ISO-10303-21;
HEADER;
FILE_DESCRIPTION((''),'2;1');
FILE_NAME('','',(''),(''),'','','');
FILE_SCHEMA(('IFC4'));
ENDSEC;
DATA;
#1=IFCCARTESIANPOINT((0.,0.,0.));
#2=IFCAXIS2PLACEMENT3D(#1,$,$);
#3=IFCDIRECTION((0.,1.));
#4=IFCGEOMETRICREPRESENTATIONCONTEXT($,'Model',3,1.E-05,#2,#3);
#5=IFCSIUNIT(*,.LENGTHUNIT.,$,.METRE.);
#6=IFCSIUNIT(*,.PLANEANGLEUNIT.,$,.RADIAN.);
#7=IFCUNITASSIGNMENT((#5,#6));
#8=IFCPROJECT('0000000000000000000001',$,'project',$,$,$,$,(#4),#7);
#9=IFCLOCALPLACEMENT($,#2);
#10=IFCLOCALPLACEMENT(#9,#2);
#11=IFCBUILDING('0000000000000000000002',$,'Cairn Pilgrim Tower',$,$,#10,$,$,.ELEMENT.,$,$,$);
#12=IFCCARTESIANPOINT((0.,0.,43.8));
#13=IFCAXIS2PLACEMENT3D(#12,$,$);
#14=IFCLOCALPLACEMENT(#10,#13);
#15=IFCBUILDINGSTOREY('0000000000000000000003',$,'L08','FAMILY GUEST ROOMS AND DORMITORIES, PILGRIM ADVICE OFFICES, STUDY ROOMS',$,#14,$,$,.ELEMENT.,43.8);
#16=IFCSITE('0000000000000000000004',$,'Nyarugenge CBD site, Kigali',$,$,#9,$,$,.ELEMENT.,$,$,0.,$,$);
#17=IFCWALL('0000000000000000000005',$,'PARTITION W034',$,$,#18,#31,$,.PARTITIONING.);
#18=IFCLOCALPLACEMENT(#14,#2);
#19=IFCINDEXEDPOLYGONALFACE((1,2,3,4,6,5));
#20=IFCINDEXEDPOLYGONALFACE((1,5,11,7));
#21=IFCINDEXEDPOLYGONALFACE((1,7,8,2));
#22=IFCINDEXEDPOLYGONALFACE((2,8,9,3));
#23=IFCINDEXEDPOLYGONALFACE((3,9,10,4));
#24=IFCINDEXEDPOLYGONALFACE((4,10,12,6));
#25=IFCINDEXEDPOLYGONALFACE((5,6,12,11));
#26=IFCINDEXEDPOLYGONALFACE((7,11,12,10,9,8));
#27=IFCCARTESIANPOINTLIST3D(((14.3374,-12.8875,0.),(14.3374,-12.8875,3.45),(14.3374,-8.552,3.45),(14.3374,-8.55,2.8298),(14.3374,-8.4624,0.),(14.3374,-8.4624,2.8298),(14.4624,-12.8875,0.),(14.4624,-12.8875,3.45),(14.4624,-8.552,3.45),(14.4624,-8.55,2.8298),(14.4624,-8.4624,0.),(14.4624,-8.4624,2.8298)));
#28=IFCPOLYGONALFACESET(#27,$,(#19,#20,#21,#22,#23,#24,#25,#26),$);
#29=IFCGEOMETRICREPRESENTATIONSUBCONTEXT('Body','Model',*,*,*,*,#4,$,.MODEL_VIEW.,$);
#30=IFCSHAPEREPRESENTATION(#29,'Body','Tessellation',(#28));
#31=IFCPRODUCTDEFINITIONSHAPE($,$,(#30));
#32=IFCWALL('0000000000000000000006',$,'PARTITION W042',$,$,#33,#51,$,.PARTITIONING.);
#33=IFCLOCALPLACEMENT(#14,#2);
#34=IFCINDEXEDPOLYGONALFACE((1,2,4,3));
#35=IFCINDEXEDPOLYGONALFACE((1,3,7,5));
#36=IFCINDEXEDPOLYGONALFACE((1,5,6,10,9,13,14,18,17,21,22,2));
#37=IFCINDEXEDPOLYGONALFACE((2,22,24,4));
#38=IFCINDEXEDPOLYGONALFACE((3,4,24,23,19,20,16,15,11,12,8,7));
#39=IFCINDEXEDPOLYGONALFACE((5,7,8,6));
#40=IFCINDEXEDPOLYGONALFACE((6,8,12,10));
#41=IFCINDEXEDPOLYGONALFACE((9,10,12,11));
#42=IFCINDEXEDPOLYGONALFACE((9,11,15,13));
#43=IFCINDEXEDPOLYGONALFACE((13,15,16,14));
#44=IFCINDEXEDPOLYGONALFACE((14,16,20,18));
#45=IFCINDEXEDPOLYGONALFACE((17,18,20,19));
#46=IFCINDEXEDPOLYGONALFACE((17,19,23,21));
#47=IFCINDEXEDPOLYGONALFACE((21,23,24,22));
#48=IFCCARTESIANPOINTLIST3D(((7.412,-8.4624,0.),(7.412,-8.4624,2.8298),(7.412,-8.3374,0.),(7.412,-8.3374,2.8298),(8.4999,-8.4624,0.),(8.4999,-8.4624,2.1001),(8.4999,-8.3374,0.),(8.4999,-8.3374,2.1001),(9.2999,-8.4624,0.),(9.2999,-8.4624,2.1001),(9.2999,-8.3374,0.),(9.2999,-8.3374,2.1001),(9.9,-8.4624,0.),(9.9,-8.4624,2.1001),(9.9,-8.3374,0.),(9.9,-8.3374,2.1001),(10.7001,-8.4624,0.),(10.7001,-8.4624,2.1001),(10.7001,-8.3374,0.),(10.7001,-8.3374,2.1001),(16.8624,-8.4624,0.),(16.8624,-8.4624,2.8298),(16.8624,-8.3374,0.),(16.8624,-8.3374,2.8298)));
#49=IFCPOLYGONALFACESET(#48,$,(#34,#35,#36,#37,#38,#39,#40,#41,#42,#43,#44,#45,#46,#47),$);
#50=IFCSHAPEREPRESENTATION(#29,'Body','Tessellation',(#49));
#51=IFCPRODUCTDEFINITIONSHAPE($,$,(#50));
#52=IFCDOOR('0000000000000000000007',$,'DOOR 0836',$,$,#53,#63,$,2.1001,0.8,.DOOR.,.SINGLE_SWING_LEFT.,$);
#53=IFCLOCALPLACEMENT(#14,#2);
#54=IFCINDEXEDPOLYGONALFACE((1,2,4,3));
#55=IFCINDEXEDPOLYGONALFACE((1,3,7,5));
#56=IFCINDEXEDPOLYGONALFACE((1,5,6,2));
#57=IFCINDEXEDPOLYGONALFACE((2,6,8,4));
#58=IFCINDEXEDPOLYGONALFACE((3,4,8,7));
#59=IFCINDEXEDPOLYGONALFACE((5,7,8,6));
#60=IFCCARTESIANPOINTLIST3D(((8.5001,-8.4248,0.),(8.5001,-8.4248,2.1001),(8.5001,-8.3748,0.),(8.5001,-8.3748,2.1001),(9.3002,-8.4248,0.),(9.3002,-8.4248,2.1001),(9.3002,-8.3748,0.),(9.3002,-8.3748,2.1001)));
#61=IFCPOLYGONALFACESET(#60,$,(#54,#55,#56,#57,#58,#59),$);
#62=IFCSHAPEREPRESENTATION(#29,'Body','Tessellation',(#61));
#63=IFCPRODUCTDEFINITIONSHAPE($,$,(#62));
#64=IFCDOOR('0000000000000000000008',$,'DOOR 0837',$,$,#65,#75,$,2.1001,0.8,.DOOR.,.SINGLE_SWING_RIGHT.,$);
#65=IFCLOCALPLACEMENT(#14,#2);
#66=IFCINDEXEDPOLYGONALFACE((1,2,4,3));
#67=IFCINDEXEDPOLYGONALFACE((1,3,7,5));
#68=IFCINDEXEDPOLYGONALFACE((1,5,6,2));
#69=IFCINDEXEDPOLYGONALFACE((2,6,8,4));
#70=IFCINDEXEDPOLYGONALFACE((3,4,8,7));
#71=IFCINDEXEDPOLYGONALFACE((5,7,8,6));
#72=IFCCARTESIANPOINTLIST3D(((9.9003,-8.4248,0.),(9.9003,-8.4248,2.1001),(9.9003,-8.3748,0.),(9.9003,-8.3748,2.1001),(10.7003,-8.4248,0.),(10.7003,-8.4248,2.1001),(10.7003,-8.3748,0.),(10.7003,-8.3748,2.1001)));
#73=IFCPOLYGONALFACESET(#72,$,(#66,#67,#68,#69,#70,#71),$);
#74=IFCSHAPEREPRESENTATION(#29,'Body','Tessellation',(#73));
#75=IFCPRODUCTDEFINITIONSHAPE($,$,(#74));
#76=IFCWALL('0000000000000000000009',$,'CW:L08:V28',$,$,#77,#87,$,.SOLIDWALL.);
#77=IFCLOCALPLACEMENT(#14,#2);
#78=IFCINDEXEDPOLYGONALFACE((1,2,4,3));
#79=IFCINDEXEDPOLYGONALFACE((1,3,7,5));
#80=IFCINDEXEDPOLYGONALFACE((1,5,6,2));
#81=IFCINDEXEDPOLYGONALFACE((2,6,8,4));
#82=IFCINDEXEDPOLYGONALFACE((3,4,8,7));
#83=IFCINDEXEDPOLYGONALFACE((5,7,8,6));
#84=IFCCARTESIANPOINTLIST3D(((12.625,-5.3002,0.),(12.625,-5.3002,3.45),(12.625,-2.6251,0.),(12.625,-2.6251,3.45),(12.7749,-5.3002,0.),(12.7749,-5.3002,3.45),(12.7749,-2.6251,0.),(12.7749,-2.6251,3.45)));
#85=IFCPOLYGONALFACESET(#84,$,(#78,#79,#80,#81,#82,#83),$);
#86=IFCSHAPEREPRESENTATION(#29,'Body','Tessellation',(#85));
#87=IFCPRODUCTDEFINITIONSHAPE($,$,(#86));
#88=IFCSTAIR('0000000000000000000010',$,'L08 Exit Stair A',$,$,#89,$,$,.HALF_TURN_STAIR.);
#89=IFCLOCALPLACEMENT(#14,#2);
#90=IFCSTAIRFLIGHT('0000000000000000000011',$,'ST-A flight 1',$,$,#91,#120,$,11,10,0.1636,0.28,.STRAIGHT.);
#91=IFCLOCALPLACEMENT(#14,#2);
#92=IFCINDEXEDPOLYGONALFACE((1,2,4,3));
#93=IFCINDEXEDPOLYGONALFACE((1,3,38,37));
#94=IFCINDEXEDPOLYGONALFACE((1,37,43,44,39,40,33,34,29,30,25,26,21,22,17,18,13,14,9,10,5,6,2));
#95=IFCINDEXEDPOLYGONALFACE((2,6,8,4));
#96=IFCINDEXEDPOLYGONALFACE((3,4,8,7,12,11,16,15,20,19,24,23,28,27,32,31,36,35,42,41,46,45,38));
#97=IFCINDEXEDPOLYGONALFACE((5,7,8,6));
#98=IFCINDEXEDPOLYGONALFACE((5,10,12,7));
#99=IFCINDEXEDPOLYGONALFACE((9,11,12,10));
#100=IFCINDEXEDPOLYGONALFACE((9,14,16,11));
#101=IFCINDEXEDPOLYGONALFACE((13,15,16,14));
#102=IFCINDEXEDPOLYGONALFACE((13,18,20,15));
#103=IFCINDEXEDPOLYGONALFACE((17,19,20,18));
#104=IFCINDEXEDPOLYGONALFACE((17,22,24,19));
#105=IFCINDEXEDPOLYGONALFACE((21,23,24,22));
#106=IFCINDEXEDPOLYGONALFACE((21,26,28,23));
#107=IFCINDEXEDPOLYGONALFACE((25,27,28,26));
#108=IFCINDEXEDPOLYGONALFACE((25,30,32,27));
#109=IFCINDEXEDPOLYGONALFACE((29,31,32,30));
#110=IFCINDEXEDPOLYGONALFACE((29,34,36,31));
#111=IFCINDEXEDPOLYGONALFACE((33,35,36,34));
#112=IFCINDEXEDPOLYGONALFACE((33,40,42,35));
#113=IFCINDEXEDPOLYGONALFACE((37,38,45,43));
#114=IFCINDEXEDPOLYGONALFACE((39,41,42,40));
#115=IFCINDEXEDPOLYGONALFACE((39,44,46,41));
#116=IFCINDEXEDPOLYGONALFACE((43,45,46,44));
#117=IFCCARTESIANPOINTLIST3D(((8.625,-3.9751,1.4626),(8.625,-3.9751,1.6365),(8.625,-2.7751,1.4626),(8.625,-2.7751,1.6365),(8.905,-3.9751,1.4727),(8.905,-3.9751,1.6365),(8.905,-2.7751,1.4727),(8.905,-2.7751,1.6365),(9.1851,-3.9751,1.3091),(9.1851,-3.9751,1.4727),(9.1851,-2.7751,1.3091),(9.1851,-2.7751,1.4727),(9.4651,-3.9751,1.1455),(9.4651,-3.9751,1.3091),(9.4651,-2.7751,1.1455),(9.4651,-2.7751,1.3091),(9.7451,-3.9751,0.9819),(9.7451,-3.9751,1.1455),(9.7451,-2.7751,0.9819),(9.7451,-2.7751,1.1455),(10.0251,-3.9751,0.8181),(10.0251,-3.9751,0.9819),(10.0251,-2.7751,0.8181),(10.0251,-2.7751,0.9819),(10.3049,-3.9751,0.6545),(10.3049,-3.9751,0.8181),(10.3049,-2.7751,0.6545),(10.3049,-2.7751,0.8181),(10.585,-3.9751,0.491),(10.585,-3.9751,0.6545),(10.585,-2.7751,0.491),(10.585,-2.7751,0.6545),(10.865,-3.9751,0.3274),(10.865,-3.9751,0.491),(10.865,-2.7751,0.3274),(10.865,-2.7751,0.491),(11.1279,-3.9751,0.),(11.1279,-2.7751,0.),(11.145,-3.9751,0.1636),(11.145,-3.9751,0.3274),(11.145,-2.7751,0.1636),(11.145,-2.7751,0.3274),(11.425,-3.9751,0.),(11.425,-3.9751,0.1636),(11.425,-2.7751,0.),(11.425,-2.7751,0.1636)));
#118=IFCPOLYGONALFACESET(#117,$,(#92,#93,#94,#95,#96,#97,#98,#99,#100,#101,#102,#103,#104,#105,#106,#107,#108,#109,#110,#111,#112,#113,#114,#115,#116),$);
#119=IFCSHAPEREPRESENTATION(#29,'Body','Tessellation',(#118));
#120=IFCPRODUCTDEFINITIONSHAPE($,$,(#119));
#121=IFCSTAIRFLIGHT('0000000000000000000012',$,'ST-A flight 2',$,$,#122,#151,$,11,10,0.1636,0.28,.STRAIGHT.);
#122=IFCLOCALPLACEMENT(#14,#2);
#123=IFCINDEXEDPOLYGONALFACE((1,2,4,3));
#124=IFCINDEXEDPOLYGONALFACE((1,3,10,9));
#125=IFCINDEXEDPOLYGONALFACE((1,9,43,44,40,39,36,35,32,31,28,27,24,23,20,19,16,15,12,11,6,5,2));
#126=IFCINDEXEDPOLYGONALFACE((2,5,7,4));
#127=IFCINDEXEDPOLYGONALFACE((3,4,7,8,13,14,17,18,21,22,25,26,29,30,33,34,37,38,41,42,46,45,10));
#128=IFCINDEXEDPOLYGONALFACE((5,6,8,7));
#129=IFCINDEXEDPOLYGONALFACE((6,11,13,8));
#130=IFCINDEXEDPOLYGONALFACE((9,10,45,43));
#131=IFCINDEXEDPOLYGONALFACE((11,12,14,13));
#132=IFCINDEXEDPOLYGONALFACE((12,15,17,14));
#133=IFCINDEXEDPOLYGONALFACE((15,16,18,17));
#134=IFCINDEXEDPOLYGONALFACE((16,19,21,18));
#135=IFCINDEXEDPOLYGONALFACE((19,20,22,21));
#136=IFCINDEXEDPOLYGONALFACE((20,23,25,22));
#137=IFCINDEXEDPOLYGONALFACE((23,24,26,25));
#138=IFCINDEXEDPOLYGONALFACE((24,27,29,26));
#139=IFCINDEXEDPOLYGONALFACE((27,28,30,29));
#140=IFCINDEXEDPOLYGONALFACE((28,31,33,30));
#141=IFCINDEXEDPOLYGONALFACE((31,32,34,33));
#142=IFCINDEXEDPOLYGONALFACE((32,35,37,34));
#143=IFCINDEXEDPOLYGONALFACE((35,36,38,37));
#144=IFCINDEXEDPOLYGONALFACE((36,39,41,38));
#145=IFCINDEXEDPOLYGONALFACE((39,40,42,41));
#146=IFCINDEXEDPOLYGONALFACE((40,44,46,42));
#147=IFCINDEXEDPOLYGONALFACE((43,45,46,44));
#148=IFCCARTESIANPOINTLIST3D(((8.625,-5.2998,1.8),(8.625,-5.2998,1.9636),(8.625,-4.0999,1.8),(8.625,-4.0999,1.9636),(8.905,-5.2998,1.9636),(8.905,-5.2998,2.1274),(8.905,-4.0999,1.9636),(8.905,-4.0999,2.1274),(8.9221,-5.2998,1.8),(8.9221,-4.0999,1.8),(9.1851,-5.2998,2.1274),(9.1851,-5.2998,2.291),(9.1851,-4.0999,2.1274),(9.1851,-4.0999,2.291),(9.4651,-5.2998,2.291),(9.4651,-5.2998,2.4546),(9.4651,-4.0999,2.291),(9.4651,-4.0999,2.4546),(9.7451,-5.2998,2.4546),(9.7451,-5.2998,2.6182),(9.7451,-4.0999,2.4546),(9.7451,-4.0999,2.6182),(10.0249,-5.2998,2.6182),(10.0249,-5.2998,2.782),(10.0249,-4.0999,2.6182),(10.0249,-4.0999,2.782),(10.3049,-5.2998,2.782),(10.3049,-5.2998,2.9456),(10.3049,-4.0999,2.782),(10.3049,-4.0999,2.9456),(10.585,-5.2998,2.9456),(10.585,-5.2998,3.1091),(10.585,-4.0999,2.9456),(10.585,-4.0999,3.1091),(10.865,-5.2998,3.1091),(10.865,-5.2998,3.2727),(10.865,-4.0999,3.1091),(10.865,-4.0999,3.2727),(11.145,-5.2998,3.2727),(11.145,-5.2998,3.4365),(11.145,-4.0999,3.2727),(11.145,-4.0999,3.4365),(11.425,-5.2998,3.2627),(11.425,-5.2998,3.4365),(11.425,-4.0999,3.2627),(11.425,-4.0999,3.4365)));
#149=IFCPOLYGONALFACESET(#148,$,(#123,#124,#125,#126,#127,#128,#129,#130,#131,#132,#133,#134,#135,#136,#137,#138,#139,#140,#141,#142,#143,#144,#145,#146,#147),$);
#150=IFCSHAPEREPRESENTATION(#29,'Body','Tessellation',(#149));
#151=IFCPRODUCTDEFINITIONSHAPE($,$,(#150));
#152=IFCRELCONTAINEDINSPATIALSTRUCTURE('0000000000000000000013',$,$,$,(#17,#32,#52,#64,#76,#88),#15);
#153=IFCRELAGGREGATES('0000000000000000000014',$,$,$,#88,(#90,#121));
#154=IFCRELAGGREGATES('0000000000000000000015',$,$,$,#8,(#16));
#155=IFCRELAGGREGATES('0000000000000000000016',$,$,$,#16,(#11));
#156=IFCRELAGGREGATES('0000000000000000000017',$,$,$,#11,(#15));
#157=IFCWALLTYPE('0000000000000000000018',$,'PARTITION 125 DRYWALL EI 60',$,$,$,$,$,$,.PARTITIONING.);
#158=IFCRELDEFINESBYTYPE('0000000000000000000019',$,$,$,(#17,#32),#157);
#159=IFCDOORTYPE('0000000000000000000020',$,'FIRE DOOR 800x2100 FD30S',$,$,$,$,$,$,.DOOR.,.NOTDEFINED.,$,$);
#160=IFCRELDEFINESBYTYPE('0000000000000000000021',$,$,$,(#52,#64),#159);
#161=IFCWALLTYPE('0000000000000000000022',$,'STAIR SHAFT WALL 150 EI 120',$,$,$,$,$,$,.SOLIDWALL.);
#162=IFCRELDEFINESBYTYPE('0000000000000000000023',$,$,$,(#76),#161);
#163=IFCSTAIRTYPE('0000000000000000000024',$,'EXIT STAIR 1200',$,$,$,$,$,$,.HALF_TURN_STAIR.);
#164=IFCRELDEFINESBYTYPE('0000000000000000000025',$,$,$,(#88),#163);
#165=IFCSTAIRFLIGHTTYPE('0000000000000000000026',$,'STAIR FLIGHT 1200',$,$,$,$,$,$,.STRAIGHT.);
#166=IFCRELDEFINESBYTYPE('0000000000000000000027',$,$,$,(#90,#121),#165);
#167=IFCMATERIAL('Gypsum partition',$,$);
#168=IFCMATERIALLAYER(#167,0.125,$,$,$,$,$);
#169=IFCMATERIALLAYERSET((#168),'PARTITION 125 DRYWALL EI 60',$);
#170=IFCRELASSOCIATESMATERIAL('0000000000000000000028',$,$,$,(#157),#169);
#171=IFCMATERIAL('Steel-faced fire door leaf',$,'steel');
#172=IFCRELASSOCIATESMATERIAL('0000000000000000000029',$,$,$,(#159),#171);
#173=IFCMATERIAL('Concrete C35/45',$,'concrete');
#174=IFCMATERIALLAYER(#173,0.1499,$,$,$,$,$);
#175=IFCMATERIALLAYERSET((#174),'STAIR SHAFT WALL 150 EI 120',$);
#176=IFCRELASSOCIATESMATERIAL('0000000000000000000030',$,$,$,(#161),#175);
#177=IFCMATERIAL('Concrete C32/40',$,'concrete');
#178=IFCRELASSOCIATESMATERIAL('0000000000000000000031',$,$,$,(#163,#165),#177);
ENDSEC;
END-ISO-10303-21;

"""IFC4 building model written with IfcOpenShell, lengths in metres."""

from ifc_helpers import new_model, si_unit, direction, frame, frame_2d, origin, place, context, subcontext, project, spatial, polyline, rectangle, outline, extrude, material, layer, layer_set, type_object, element, fill, aggregate, save


model = new_model("IFC4")

# Units and contexts
model_context = context("Model", 3, precision=1e-05, world=origin(), true_north=direction((0.0, 1.0)))
body_context = subcontext(model_context, "Body", "Model", "MODEL_VIEW")
ifc_project = project(units=[si_unit("LENGTHUNIT", "METRE"), si_unit("PLANEANGLEUNIT", "RADIAN")], contexts=[model_context])

# Site, building, storey
site_placement = place(None, origin())
site = spatial("IfcSite", under=ifc_project, at=site_placement, Name="Nyarugenge CBD site, Kigali", CompositionType="ELEMENT", RefElevation=0.0)
building_placement = place(site_placement, origin())
building = spatial("IfcBuilding", under=site, at=building_placement, Name="Cairn Pilgrim Tower", CompositionType="ELEMENT")
storey_placement = place(building_placement, frame((0.0, 0.0, 43.8)))
storey = spatial("IfcBuildingStorey", under=building, at=storey_placement, Name="L08", Description="FAMILY GUEST ROOMS AND DORMITORIES, PILGRIM ADVICE OFFICES, STUDY ROOMS", CompositionType="ELEMENT", Elevation=43.8)

# Shared definitions
ifc_material_1 = material(Name="Concrete C32/40", Category="concrete")

# Wall
ifc_material_2 = material(Name="Gypsum partition")
ifc_layer_1 = layer(ifc_material_2, 0.125)
ifc_layer_set_1 = layer_set([ifc_layer_1], Name="PARTITION 125 DRYWALL EI 60")
wall_type_1 = type_object("IfcWallType", Name="PARTITION 125 DRYWALL EI 60", PredefinedType="PARTITIONING", material=ifc_layer_set_1)
wall_1_placement = place(storey_placement, frame((14.3999, -12.8875, 0.0), z_axis=(0.0, 0.0, 1.0), x_axis=(0.0, 1.0, 0.0)))
element("IfcWall", 1, at=wall_1_placement, inside=storey, type_object=wall_type_1, Name="PARTITION W034", PredefinedType="PARTITIONING", context=body_context, shape_type="SweptSolid", body=[
    extrude(outline(polyline([(0.0, 0.0), (4.425, 0.0), (4.425, 2.8298), (4.3374, 2.8298), (4.3354, 3.45), (0.0, 3.45), (0.0, 0.0)])), frame((0.0, 0.0625, 0.0), z_axis=(0.0, -1.0, 0.0), x_axis=(1.0, 0.0, 0.0)), (0.0, 0.0, 1.0), 0.125),
])

# Wall, openings, doors
wall_2_placement = place(storey_placement, frame((7.4121, -8.3999, 0.0), z_axis=(0.0, 0.0, 1.0), x_axis=(1.0, 0.0, 0.0)))
wall_2 = element("IfcWall", 2, at=wall_2_placement, inside=storey, type_object=wall_type_1, Name="PARTITION W042", PredefinedType="PARTITIONING", context=body_context, shape_type="SweptSolid", body=[
    extrude(rectangle(XDim=9.4504, YDim=0.125, at=frame_2d((4.7251, 0.0))), origin(), (0.0, 0.0, 1.0), 2.8298),
])
opening_1_placement = place(wall_2_placement, frame((1.0879, 0.0, 0.0)))
opening_1 = element("IfcOpeningElement", 3, at=opening_1_placement, cuts=wall_2, PredefinedType="OPENING", context=body_context, shape_type="SweptSolid", body=[
    extrude(rectangle(XDim=0.8, YDim=2.1001, at=frame_2d((0.3999, 1.05))), frame((0.0, 0.0725, 0.0), z_axis=(0.0, -1.0, 0.0), x_axis=(1.0, 0.0, 0.0)), (0.0, 0.0, 1.0), 0.145),
])
opening_2_placement = place(wall_2_placement, frame((2.488, 0.0, 0.0)))
opening_2 = element("IfcOpeningElement", 4, at=opening_2_placement, cuts=wall_2, PredefinedType="OPENING", context=body_context, shape_type="SweptSolid", body=[
    extrude(rectangle(XDim=0.8, YDim=2.1001, at=frame_2d((0.3999, 1.05))), frame((0.0, 0.0725, 0.0), z_axis=(0.0, -1.0, 0.0), x_axis=(1.0, 0.0, 0.0)), (0.0, 0.0, 1.0), 0.145),
])
ifc_material_3 = material(Name="Steel-faced fire door leaf", Category="steel")
door_type_1 = type_object("IfcDoorType", Name="FIRE DOOR 800x2100 FD30S", OperationType="NOTDEFINED", PredefinedType="DOOR", material=ifc_material_3)
door_1_placement = place(opening_1_placement, frame((0.8, 0.0, 0.0), z_axis=(0.0, 0.0, 1.0), x_axis=(-1.0, 0.0, 0.0)))
door_1 = element("IfcDoor", 5, at=door_1_placement, inside=storey, type_object=door_type_1, Name="DOOR 0836", OperationType="SINGLE_SWING_LEFT", OverallHeight=2.1001, OverallWidth=0.8, PredefinedType="DOOR", context=body_context, shape_type="SweptSolid", body=[
    extrude(rectangle(XDim=0.8, YDim=2.1001, at=frame_2d((0.3999, 1.05))), frame((0.0, 0.0249, 0.0), z_axis=(0.0, -1.0, 0.0), x_axis=(1.0, 0.0, 0.0)), (0.0, 0.0, 1.0), 0.05),
])
fill(opening_1, door_1)
door_2_placement = place(opening_2_placement, frame((0.8, 0.0, 0.0), z_axis=(0.0, 0.0, 1.0), x_axis=(-1.0, 0.0, 0.0)))
door_2 = element("IfcDoor", 6, at=door_2_placement, inside=storey, type_object=door_type_1, Name="DOOR 0837", OperationType="SINGLE_SWING_RIGHT", OverallHeight=2.1001, OverallWidth=0.8, PredefinedType="DOOR", context=body_context, shape_type="SweptSolid", body=[
    extrude(rectangle(XDim=0.8, YDim=2.1001, at=frame_2d((0.3999, 1.05))), frame((0.0, 0.0249, 0.0), z_axis=(0.0, -1.0, 0.0), x_axis=(1.0, 0.0, 0.0)), (0.0, 0.0, 1.0), 0.05),
])
fill(opening_2, door_2)

# Wall
ifc_material_4 = material(Name="Concrete C35/45", Category="concrete")
ifc_layer_2 = layer(ifc_material_4, 0.1499)
ifc_layer_set_2 = layer_set([ifc_layer_2], Name="STAIR SHAFT WALL 150 EI 120")
wall_type_2 = type_object("IfcWallType", Name="STAIR SHAFT WALL 150 EI 120", PredefinedType="SOLIDWALL", material=ifc_layer_set_2)
wall_3_placement = place(storey_placement, frame((12.7, -5.3, 0.0), z_axis=(0.0, 0.0, 1.0), x_axis=(0.0, 1.0, 0.0)))
element("IfcWall", 7, at=wall_3_placement, inside=storey, type_object=wall_type_2, Name="CW:L08:V28", PredefinedType="SOLIDWALL", context=body_context, shape_type="SweptSolid", body=[
    extrude(rectangle(XDim=2.675, YDim=0.1499, at=frame_2d((1.3374, 0.0))), origin(), (0.0, 0.0, 1.0), 3.45),
])

# Stair, stair flights
stair_type = type_object("IfcStairType", Name="EXIT STAIR 1200", PredefinedType="HALF_TURN_STAIR", material=ifc_material_1)
stair_placement = place(storey_placement, origin())
stair = element("IfcStair", 8, at=stair_placement, inside=storey, type_object=stair_type, Name="L08 Exit Stair A", PredefinedType="HALF_TURN_STAIR")
stair_flight_type = type_object("IfcStairFlightType", Name="STAIR FLIGHT 1200", PredefinedType="STRAIGHT", material=ifc_material_1)
stair_flight_1_placement = place(storey_placement, frame((11.425, -3.375, 0.0), z_axis=(0.0, 0.0, 1.0), x_axis=(-1.0, 0.0, 0.0)))
stair_flight_1 = element("IfcStairFlight", 9, at=stair_flight_1_placement, type_object=stair_flight_type, Name="ST-A flight 1", NumberOfRisers=11, NumberOfTreads=10, PredefinedType="STRAIGHT", RiserHeight=0.1636, TreadLength=0.28, context=body_context, shape_type="SweptSolid", body=[
    extrude(outline(polyline([(0.0, 0.0), (0.0, 0.1636), (0.28, 0.1636), (0.28, 0.3274), (0.5601, 0.3274), (0.5601, 0.491), (0.8401, 0.491), (0.8401, 0.6545), (1.1201, 0.6545), (1.1201, 0.8181), (1.3999, 0.8181), (1.3999, 0.9819), (1.6799, 0.9819), (1.6799, 1.1455), (1.96, 1.1455), (1.96, 1.3091), (2.24, 1.3091), (2.24, 1.4727), (2.52, 1.4727), (2.52, 1.6365), (2.8, 1.6365), (2.8, 1.8), (2.8, 1.4626), (0.2971, 0.0), (0.0, 0.0)])), frame((0.0, 0.6001, 0.0), z_axis=(0.0, -1.0, 0.0), x_axis=(1.0, 0.0, 0.0)), (0.0, 0.0, 1.0), 1.2),
])
stair_flight_2_placement = place(storey_placement, frame((8.625, -4.7, 1.8), z_axis=(0.0, 0.0, 1.0), x_axis=(1.0, 0.0, 0.0)))
stair_flight_2 = element("IfcStairFlight", 10, at=stair_flight_2_placement, type_object=stair_flight_type, Name="ST-A flight 2", NumberOfRisers=11, NumberOfTreads=10, PredefinedType="STRAIGHT", RiserHeight=0.1636, TreadLength=0.28, context=body_context, shape_type="SweptSolid", body=[
    extrude(outline(polyline([(0.0, 0.0), (0.0, 0.1636), (0.28, 0.1636), (0.28, 0.3274), (0.5601, 0.3274), (0.5601, 0.491), (0.8401, 0.491), (0.8401, 0.6545), (1.1201, 0.6545), (1.1201, 0.8181), (1.3999, 0.8181), (1.3999, 0.9819), (1.6799, 0.9819), (1.6799, 1.1455), (1.96, 1.1455), (1.96, 1.3091), (2.24, 1.3091), (2.24, 1.4727), (2.52, 1.4727), (2.52, 1.6365), (2.8, 1.6365), (2.8, 1.8), (2.8, 1.4626), (0.2971, 0.0), (0.0, 0.0)])), frame((0.0, 0.6001, 0.0), z_axis=(0.0, -1.0, 0.0), x_axis=(1.0, 0.0, 0.0)), (0.0, 0.0, 1.0), 1.2),
])
aggregate(stair, [stair_flight_1, stair_flight_2])

save(model, "model.ifc")
